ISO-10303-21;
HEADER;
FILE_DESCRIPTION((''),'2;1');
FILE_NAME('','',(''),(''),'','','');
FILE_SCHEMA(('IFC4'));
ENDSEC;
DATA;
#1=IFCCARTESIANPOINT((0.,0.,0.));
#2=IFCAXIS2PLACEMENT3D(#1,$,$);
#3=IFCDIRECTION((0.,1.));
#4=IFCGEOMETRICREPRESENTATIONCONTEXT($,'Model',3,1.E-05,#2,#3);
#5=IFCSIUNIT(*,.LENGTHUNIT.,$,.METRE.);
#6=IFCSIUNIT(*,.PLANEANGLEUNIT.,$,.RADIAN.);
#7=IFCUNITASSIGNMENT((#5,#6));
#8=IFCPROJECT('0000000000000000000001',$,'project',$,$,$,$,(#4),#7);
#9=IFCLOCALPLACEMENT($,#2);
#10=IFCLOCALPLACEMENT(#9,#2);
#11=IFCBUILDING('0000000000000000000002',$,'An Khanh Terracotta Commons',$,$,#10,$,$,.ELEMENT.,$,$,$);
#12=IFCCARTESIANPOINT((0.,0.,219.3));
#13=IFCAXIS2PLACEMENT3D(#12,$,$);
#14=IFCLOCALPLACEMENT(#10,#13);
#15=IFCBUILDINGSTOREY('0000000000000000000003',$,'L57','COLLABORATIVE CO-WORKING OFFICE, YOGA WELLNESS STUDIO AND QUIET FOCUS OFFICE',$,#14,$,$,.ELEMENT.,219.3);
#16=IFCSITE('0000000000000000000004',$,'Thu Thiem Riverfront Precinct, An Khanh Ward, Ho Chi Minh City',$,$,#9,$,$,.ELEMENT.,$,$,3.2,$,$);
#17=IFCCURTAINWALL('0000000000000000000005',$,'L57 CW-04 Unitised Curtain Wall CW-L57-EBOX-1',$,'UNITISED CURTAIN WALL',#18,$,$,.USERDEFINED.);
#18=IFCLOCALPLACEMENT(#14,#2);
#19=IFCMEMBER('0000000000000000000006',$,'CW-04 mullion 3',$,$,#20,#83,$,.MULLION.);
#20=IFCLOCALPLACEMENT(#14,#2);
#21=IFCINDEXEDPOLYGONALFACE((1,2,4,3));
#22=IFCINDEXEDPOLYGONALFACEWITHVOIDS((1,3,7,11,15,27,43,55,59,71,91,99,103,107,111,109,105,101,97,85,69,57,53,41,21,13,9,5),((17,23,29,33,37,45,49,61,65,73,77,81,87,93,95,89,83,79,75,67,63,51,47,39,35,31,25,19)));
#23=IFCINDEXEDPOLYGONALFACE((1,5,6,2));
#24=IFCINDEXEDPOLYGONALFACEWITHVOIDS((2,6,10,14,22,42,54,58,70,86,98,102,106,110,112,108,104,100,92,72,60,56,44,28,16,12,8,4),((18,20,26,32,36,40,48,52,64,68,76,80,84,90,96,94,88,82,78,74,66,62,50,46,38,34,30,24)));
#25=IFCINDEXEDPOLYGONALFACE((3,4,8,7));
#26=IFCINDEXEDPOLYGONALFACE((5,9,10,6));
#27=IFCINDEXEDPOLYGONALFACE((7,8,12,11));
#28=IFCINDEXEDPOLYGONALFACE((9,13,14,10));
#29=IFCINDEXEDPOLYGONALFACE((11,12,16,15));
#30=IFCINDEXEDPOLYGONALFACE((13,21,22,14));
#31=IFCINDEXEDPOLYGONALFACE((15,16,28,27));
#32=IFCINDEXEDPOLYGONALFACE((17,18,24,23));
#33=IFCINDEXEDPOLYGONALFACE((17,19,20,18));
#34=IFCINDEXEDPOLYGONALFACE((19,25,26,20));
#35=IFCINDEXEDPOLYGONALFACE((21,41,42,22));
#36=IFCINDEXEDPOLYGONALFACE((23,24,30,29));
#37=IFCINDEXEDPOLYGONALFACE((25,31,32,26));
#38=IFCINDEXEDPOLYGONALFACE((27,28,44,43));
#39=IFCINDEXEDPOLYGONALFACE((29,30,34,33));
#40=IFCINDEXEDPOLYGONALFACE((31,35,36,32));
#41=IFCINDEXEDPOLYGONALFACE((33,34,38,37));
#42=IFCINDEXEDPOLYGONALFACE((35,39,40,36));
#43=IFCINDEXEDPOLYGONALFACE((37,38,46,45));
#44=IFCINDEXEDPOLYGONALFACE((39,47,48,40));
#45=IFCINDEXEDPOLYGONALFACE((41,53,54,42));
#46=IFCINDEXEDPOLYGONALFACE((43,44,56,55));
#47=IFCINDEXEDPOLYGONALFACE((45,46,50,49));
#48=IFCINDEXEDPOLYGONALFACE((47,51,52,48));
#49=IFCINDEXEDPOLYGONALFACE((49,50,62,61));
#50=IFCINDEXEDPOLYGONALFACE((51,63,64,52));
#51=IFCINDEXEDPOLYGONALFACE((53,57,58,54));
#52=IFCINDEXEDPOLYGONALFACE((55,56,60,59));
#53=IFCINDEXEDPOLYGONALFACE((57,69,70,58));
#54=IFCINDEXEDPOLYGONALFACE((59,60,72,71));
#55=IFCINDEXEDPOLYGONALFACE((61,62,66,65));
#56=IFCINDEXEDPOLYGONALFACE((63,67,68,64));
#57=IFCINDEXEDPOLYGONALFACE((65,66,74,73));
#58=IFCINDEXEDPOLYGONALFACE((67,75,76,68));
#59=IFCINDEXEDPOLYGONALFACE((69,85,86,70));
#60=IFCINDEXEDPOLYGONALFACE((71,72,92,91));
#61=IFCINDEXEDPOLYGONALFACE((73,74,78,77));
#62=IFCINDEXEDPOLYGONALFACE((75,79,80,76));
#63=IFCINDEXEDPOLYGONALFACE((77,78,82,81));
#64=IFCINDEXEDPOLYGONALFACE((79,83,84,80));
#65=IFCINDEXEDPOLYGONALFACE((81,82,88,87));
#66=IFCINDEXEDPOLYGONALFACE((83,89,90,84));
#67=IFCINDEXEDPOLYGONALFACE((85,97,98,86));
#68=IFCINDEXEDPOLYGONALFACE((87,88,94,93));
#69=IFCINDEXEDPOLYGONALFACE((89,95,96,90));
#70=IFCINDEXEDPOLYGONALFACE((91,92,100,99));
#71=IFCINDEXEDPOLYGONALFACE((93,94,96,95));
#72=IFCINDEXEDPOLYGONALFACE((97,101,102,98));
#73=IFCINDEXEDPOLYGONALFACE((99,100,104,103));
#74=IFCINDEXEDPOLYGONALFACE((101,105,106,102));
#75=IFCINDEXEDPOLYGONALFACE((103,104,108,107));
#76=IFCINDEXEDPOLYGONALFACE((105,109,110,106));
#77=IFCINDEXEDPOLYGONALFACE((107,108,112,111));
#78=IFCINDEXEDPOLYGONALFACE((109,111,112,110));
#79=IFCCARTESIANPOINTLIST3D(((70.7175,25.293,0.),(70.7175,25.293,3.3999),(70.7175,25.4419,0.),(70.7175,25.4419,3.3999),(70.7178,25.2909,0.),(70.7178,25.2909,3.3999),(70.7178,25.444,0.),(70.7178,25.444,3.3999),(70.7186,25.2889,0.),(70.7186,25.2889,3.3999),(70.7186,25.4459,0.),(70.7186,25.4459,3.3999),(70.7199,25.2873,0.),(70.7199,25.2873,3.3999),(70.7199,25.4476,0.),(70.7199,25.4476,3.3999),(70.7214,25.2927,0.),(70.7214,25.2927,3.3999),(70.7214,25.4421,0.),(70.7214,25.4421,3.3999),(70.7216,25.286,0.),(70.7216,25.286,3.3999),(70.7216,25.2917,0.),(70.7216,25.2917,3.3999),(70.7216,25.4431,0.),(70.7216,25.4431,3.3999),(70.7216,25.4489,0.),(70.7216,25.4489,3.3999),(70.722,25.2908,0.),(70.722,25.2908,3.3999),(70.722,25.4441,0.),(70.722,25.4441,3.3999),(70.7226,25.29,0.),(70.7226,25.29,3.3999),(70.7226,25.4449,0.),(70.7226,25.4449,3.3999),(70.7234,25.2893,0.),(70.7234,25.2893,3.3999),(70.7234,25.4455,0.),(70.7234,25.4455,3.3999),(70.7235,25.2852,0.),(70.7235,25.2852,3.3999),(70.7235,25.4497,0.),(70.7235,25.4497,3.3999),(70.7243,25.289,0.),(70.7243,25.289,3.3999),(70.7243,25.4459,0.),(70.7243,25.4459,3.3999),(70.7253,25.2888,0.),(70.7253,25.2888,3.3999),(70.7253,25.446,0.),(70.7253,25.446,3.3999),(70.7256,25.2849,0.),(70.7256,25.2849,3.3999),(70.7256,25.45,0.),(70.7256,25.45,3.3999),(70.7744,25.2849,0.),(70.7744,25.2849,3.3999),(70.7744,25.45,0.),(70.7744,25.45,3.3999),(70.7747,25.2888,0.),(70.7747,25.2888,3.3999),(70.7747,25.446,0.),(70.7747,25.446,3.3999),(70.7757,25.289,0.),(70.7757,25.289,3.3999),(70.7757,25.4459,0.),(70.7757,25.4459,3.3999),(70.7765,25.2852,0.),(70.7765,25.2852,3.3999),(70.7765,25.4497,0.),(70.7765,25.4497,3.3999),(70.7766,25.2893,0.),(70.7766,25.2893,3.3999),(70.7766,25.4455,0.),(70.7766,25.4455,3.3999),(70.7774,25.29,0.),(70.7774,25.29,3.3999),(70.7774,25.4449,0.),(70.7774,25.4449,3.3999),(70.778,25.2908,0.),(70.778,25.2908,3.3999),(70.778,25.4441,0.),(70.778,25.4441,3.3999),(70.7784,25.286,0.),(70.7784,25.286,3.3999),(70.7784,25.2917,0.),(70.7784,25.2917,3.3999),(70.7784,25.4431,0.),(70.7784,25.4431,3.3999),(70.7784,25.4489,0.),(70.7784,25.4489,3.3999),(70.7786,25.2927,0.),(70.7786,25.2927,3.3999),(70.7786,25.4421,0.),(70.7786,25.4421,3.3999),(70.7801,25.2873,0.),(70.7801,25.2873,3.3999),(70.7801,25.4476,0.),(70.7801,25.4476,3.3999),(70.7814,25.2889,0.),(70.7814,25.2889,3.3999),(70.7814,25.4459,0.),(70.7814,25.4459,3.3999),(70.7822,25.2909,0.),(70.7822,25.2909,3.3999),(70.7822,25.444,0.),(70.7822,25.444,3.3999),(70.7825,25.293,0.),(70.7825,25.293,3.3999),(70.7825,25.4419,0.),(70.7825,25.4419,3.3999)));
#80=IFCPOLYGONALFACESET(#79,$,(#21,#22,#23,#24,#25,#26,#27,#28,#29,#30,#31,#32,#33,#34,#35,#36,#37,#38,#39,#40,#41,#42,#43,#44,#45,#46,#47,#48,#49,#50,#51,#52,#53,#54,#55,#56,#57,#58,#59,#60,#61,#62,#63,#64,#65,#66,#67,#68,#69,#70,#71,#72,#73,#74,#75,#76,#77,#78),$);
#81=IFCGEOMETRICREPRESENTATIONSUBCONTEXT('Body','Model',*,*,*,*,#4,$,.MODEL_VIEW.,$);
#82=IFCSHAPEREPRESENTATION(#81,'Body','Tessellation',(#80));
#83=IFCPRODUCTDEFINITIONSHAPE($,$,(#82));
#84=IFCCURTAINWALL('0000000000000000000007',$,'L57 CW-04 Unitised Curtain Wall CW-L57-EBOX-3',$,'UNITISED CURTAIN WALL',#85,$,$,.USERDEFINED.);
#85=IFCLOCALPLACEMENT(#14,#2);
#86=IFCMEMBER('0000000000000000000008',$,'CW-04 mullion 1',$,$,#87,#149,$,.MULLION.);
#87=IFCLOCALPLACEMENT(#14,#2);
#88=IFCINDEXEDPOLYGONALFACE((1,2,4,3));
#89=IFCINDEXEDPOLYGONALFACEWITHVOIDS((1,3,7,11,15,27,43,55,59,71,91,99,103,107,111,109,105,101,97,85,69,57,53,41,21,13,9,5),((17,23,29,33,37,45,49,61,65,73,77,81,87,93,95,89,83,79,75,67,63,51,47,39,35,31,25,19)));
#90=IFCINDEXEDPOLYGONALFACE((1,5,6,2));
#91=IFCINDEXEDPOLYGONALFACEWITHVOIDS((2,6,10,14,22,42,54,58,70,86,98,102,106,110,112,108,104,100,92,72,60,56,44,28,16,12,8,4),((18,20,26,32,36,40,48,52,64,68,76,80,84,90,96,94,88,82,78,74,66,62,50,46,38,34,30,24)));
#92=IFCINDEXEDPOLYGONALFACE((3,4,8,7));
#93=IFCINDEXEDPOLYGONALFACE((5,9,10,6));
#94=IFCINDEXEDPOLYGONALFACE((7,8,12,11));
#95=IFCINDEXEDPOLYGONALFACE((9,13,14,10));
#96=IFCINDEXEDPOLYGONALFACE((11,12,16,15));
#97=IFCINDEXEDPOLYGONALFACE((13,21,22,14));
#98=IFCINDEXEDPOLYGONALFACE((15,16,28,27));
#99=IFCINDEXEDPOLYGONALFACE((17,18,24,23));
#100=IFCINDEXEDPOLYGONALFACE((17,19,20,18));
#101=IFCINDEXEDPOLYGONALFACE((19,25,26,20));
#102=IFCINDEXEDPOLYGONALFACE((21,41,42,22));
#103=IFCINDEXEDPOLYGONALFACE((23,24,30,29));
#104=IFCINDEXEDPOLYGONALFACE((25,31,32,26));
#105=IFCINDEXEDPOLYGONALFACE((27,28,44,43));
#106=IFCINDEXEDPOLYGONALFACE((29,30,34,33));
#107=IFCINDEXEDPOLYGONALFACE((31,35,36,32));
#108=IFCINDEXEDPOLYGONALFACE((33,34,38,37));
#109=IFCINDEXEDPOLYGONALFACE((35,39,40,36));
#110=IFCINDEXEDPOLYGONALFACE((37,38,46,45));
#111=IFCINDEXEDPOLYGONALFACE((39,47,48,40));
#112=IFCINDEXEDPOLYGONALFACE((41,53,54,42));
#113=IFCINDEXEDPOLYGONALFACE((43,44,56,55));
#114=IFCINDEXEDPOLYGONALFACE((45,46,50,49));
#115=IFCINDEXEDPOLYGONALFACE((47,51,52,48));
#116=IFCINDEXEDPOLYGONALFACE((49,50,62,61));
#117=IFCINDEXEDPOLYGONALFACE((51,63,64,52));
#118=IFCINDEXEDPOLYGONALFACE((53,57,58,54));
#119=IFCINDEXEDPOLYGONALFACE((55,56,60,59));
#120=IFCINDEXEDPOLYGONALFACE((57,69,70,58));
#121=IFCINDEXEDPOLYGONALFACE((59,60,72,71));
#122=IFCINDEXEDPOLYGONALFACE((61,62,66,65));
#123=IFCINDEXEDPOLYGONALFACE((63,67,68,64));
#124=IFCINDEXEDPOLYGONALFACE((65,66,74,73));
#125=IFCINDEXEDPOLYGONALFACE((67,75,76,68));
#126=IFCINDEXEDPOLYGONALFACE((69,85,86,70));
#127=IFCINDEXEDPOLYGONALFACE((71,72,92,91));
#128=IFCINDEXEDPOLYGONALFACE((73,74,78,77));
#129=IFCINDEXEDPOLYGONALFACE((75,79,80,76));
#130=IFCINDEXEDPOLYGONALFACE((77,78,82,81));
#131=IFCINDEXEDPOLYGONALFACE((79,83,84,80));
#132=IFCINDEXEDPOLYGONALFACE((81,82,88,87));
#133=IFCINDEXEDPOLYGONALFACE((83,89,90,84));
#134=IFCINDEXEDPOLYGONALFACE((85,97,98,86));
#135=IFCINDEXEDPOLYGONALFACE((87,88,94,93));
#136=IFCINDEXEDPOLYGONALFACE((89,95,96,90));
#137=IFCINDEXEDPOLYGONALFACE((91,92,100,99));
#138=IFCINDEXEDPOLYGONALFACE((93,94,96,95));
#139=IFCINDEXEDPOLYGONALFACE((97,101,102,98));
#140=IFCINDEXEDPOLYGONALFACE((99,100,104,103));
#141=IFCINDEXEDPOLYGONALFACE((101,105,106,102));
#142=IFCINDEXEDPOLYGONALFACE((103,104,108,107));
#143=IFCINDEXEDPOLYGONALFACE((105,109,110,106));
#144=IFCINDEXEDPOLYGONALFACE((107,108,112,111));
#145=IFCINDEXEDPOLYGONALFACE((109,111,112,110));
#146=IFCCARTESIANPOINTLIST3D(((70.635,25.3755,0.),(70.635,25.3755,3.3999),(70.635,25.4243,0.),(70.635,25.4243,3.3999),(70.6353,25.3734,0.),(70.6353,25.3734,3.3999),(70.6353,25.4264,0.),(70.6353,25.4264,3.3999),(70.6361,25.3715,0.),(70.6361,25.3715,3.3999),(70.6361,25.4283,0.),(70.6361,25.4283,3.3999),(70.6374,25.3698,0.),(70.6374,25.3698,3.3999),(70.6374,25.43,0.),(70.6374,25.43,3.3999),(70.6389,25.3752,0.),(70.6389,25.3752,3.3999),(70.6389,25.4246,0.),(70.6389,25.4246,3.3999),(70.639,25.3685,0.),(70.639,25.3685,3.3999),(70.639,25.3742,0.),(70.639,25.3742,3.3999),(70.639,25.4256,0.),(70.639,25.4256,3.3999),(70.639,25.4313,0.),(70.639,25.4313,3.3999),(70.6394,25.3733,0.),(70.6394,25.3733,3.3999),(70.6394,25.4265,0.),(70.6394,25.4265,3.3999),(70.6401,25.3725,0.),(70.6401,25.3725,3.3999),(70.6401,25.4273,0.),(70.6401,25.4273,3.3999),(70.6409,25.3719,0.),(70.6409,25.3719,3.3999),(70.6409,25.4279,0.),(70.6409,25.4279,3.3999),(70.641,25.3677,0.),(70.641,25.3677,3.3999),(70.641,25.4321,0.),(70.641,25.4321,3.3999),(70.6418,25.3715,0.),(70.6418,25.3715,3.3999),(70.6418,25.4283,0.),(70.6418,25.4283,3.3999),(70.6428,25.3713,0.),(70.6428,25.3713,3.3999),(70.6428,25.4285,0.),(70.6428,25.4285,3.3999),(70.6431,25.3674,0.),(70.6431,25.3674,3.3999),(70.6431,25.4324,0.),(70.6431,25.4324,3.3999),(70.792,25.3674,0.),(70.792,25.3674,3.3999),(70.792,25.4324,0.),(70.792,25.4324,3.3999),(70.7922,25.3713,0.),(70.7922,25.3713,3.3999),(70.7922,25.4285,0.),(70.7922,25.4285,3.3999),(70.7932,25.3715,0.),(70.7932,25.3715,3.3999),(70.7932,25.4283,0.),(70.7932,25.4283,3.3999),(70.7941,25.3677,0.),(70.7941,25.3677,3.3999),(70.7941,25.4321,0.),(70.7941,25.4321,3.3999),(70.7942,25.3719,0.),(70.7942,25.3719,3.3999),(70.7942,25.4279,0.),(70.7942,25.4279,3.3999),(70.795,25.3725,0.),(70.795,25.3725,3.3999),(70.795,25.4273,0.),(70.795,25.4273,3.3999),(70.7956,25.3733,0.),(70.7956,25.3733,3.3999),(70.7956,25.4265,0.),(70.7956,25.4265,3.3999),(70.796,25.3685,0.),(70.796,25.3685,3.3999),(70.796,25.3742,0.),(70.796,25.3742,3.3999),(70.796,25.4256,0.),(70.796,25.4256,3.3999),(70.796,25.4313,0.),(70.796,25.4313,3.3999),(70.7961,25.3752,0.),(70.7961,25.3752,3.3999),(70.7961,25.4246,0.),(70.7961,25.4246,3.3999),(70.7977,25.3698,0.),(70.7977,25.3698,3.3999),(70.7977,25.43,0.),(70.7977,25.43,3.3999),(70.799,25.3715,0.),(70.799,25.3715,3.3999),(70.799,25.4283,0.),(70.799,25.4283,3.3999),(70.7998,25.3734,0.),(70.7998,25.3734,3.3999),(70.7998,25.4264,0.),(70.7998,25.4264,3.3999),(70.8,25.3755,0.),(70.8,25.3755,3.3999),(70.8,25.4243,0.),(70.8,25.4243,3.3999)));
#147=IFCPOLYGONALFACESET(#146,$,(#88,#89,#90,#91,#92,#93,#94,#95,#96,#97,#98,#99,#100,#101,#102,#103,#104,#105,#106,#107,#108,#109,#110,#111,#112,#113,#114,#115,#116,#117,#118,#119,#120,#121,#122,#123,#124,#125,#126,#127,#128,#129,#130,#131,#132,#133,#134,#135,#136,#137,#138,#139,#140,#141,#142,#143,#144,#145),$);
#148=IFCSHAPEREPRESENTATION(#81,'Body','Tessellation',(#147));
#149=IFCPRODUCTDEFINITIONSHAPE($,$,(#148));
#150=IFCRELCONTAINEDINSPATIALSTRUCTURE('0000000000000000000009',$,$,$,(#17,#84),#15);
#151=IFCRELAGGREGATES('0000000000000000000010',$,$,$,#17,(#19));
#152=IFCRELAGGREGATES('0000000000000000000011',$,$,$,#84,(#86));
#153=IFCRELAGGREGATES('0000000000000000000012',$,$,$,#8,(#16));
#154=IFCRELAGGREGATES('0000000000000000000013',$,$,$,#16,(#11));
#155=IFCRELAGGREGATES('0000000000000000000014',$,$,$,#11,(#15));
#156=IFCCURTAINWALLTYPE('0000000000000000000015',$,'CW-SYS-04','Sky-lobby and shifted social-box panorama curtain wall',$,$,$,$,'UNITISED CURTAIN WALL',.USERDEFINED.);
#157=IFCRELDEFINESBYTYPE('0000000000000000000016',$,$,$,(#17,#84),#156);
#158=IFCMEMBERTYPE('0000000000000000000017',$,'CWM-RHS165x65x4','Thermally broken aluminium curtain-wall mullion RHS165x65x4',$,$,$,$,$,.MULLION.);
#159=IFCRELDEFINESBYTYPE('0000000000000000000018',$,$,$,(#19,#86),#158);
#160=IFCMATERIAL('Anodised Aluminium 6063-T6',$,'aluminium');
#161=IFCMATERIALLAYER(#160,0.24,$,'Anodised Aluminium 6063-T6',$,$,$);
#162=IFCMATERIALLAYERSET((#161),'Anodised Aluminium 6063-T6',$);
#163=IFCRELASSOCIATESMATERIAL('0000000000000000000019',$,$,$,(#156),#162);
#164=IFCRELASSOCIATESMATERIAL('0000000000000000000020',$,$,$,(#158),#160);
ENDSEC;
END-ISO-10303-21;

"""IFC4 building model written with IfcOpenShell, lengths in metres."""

from ifc_helpers import new_model, si_unit, direction, frame, origin, origin_2d, place, context, subcontext, project, spatial, hollow_rectangle, extrude, material, layer, layer_set, material_profile, profile_set, type_object, element, aggregate, save


model = new_model("IFC4")

# Units and contexts
model_context = context("Model", 3, precision=1e-05, world=origin(), true_north=direction((0.0, 1.0)))
body_context = subcontext(model_context, "Body", "Model", "MODEL_VIEW")
ifc_project = project(units=[si_unit("LENGTHUNIT", "METRE"), si_unit("PLANEANGLEUNIT", "RADIAN")], contexts=[model_context])

# Site, building, storey
site_placement = place(None, origin())
site = spatial("IfcSite", under=ifc_project, at=site_placement, Name="Thu Thiem Riverfront Precinct, An Khanh Ward, Ho Chi Minh City", CompositionType="ELEMENT", RefElevation=3.2)
building_placement = place(site_placement, origin())
building = spatial("IfcBuilding", under=site, at=building_placement, Name="An Khanh Terracotta Commons", CompositionType="ELEMENT")
storey_placement = place(building_placement, frame((0.0, 0.0, 219.3)))
storey = spatial("IfcBuildingStorey", under=building, at=storey_placement, Name="L57", Description="COLLABORATIVE CO-WORKING OFFICE, YOGA WELLNESS STUDIO AND QUIET FOCUS OFFICE", CompositionType="ELEMENT", Elevation=219.3)

# Curtain wall, member
ifc_material_1 = material(Name="Anodised Aluminium 6063-T6", Category="aluminium")
ifc_layer_1 = layer(ifc_material_1, 0.24, Name="Anodised Aluminium 6063-T6")
ifc_layer_set_1 = layer_set([ifc_layer_1], Name="Anodised Aluminium 6063-T6")
curtain_wall_type_1 = type_object("IfcCurtainWallType", Name="CW-SYS-04", Description="Sky-lobby and shifted social-box panorama curtain wall", ElementType="UNITISED CURTAIN WALL", PredefinedType="USERDEFINED", material=ifc_layer_set_1)
curtain_wall_1_placement = place(storey_placement, origin())
curtain_wall_1 = element("IfcCurtainWall", 1, at=curtain_wall_1_placement, inside=storey, type_object=curtain_wall_type_1, Name="L57 CW-04 Unitised Curtain Wall CW-L57-EBOX-1", ObjectType="UNITISED CURTAIN WALL", PredefinedType="USERDEFINED")
ifc_material_profile_1 = material_profile(ifc_material_1, hollow_rectangle(XDim=0.0649, YDim=0.165, WallThickness=0.0039, InnerFilletRadius=0.0039, OuterFilletRadius=0.0081, at=origin_2d()), Name="RHS165x65x4")
ifc_profile_set_1 = profile_set([ifc_material_profile_1], Name="Anodised Aluminium 6063-T6")
member_type_1 = type_object("IfcMemberType", Name="CWM-RHS165x65x4", Description="Thermally broken aluminium curtain-wall mullion RHS165x65x4", PredefinedType="MULLION", material=ifc_profile_set_1)
member_1_placement = place(storey_placement, frame((70.75, 25.3674, 0.0), z_axis=(0.0, 0.0, 1.0), x_axis=(-1.0, 0.0, 0.0)))
member_1 = element("IfcMember", 2, at=member_1_placement, type_object=member_type_1, Name="CW-04 mullion 3", PredefinedType="MULLION", context=body_context, shape_type="SweptSolid", body=[
    extrude(hollow_rectangle(XDim=0.0649, YDim=0.165, WallThickness=0.0039, InnerFilletRadius=0.0039, OuterFilletRadius=0.0081, at=origin_2d()), origin(), (0.0, 0.0, 1.0), 3.3999),
])

# Curtain wall, member
curtain_wall_2_placement = place(storey_placement, origin())
curtain_wall_2 = element("IfcCurtainWall", 3, at=curtain_wall_2_placement, inside=storey, type_object=curtain_wall_type_1, Name="L57 CW-04 Unitised Curtain Wall CW-L57-EBOX-3", ObjectType="UNITISED CURTAIN WALL", PredefinedType="USERDEFINED")
member_2_placement = place(storey_placement, frame((70.7175, 25.3999, 0.0), z_axis=(0.0, 0.0, 1.0), x_axis=(0.0, -1.0, 0.0)))
member_2 = element("IfcMember", 4, at=member_2_placement, type_object=member_type_1, Name="CW-04 mullion 1", PredefinedType="MULLION", context=body_context, shape_type="SweptSolid", body=[
    extrude(hollow_rectangle(XDim=0.0649, YDim=0.165, WallThickness=0.0039, InnerFilletRadius=0.0039, OuterFilletRadius=0.0081, at=origin_2d()), origin(), (0.0, 0.0, 1.0), 3.3999),
])

aggregate(curtain_wall_1, [member_1])
aggregate(curtain_wall_2, [member_2])

save(model, "model.ifc")
